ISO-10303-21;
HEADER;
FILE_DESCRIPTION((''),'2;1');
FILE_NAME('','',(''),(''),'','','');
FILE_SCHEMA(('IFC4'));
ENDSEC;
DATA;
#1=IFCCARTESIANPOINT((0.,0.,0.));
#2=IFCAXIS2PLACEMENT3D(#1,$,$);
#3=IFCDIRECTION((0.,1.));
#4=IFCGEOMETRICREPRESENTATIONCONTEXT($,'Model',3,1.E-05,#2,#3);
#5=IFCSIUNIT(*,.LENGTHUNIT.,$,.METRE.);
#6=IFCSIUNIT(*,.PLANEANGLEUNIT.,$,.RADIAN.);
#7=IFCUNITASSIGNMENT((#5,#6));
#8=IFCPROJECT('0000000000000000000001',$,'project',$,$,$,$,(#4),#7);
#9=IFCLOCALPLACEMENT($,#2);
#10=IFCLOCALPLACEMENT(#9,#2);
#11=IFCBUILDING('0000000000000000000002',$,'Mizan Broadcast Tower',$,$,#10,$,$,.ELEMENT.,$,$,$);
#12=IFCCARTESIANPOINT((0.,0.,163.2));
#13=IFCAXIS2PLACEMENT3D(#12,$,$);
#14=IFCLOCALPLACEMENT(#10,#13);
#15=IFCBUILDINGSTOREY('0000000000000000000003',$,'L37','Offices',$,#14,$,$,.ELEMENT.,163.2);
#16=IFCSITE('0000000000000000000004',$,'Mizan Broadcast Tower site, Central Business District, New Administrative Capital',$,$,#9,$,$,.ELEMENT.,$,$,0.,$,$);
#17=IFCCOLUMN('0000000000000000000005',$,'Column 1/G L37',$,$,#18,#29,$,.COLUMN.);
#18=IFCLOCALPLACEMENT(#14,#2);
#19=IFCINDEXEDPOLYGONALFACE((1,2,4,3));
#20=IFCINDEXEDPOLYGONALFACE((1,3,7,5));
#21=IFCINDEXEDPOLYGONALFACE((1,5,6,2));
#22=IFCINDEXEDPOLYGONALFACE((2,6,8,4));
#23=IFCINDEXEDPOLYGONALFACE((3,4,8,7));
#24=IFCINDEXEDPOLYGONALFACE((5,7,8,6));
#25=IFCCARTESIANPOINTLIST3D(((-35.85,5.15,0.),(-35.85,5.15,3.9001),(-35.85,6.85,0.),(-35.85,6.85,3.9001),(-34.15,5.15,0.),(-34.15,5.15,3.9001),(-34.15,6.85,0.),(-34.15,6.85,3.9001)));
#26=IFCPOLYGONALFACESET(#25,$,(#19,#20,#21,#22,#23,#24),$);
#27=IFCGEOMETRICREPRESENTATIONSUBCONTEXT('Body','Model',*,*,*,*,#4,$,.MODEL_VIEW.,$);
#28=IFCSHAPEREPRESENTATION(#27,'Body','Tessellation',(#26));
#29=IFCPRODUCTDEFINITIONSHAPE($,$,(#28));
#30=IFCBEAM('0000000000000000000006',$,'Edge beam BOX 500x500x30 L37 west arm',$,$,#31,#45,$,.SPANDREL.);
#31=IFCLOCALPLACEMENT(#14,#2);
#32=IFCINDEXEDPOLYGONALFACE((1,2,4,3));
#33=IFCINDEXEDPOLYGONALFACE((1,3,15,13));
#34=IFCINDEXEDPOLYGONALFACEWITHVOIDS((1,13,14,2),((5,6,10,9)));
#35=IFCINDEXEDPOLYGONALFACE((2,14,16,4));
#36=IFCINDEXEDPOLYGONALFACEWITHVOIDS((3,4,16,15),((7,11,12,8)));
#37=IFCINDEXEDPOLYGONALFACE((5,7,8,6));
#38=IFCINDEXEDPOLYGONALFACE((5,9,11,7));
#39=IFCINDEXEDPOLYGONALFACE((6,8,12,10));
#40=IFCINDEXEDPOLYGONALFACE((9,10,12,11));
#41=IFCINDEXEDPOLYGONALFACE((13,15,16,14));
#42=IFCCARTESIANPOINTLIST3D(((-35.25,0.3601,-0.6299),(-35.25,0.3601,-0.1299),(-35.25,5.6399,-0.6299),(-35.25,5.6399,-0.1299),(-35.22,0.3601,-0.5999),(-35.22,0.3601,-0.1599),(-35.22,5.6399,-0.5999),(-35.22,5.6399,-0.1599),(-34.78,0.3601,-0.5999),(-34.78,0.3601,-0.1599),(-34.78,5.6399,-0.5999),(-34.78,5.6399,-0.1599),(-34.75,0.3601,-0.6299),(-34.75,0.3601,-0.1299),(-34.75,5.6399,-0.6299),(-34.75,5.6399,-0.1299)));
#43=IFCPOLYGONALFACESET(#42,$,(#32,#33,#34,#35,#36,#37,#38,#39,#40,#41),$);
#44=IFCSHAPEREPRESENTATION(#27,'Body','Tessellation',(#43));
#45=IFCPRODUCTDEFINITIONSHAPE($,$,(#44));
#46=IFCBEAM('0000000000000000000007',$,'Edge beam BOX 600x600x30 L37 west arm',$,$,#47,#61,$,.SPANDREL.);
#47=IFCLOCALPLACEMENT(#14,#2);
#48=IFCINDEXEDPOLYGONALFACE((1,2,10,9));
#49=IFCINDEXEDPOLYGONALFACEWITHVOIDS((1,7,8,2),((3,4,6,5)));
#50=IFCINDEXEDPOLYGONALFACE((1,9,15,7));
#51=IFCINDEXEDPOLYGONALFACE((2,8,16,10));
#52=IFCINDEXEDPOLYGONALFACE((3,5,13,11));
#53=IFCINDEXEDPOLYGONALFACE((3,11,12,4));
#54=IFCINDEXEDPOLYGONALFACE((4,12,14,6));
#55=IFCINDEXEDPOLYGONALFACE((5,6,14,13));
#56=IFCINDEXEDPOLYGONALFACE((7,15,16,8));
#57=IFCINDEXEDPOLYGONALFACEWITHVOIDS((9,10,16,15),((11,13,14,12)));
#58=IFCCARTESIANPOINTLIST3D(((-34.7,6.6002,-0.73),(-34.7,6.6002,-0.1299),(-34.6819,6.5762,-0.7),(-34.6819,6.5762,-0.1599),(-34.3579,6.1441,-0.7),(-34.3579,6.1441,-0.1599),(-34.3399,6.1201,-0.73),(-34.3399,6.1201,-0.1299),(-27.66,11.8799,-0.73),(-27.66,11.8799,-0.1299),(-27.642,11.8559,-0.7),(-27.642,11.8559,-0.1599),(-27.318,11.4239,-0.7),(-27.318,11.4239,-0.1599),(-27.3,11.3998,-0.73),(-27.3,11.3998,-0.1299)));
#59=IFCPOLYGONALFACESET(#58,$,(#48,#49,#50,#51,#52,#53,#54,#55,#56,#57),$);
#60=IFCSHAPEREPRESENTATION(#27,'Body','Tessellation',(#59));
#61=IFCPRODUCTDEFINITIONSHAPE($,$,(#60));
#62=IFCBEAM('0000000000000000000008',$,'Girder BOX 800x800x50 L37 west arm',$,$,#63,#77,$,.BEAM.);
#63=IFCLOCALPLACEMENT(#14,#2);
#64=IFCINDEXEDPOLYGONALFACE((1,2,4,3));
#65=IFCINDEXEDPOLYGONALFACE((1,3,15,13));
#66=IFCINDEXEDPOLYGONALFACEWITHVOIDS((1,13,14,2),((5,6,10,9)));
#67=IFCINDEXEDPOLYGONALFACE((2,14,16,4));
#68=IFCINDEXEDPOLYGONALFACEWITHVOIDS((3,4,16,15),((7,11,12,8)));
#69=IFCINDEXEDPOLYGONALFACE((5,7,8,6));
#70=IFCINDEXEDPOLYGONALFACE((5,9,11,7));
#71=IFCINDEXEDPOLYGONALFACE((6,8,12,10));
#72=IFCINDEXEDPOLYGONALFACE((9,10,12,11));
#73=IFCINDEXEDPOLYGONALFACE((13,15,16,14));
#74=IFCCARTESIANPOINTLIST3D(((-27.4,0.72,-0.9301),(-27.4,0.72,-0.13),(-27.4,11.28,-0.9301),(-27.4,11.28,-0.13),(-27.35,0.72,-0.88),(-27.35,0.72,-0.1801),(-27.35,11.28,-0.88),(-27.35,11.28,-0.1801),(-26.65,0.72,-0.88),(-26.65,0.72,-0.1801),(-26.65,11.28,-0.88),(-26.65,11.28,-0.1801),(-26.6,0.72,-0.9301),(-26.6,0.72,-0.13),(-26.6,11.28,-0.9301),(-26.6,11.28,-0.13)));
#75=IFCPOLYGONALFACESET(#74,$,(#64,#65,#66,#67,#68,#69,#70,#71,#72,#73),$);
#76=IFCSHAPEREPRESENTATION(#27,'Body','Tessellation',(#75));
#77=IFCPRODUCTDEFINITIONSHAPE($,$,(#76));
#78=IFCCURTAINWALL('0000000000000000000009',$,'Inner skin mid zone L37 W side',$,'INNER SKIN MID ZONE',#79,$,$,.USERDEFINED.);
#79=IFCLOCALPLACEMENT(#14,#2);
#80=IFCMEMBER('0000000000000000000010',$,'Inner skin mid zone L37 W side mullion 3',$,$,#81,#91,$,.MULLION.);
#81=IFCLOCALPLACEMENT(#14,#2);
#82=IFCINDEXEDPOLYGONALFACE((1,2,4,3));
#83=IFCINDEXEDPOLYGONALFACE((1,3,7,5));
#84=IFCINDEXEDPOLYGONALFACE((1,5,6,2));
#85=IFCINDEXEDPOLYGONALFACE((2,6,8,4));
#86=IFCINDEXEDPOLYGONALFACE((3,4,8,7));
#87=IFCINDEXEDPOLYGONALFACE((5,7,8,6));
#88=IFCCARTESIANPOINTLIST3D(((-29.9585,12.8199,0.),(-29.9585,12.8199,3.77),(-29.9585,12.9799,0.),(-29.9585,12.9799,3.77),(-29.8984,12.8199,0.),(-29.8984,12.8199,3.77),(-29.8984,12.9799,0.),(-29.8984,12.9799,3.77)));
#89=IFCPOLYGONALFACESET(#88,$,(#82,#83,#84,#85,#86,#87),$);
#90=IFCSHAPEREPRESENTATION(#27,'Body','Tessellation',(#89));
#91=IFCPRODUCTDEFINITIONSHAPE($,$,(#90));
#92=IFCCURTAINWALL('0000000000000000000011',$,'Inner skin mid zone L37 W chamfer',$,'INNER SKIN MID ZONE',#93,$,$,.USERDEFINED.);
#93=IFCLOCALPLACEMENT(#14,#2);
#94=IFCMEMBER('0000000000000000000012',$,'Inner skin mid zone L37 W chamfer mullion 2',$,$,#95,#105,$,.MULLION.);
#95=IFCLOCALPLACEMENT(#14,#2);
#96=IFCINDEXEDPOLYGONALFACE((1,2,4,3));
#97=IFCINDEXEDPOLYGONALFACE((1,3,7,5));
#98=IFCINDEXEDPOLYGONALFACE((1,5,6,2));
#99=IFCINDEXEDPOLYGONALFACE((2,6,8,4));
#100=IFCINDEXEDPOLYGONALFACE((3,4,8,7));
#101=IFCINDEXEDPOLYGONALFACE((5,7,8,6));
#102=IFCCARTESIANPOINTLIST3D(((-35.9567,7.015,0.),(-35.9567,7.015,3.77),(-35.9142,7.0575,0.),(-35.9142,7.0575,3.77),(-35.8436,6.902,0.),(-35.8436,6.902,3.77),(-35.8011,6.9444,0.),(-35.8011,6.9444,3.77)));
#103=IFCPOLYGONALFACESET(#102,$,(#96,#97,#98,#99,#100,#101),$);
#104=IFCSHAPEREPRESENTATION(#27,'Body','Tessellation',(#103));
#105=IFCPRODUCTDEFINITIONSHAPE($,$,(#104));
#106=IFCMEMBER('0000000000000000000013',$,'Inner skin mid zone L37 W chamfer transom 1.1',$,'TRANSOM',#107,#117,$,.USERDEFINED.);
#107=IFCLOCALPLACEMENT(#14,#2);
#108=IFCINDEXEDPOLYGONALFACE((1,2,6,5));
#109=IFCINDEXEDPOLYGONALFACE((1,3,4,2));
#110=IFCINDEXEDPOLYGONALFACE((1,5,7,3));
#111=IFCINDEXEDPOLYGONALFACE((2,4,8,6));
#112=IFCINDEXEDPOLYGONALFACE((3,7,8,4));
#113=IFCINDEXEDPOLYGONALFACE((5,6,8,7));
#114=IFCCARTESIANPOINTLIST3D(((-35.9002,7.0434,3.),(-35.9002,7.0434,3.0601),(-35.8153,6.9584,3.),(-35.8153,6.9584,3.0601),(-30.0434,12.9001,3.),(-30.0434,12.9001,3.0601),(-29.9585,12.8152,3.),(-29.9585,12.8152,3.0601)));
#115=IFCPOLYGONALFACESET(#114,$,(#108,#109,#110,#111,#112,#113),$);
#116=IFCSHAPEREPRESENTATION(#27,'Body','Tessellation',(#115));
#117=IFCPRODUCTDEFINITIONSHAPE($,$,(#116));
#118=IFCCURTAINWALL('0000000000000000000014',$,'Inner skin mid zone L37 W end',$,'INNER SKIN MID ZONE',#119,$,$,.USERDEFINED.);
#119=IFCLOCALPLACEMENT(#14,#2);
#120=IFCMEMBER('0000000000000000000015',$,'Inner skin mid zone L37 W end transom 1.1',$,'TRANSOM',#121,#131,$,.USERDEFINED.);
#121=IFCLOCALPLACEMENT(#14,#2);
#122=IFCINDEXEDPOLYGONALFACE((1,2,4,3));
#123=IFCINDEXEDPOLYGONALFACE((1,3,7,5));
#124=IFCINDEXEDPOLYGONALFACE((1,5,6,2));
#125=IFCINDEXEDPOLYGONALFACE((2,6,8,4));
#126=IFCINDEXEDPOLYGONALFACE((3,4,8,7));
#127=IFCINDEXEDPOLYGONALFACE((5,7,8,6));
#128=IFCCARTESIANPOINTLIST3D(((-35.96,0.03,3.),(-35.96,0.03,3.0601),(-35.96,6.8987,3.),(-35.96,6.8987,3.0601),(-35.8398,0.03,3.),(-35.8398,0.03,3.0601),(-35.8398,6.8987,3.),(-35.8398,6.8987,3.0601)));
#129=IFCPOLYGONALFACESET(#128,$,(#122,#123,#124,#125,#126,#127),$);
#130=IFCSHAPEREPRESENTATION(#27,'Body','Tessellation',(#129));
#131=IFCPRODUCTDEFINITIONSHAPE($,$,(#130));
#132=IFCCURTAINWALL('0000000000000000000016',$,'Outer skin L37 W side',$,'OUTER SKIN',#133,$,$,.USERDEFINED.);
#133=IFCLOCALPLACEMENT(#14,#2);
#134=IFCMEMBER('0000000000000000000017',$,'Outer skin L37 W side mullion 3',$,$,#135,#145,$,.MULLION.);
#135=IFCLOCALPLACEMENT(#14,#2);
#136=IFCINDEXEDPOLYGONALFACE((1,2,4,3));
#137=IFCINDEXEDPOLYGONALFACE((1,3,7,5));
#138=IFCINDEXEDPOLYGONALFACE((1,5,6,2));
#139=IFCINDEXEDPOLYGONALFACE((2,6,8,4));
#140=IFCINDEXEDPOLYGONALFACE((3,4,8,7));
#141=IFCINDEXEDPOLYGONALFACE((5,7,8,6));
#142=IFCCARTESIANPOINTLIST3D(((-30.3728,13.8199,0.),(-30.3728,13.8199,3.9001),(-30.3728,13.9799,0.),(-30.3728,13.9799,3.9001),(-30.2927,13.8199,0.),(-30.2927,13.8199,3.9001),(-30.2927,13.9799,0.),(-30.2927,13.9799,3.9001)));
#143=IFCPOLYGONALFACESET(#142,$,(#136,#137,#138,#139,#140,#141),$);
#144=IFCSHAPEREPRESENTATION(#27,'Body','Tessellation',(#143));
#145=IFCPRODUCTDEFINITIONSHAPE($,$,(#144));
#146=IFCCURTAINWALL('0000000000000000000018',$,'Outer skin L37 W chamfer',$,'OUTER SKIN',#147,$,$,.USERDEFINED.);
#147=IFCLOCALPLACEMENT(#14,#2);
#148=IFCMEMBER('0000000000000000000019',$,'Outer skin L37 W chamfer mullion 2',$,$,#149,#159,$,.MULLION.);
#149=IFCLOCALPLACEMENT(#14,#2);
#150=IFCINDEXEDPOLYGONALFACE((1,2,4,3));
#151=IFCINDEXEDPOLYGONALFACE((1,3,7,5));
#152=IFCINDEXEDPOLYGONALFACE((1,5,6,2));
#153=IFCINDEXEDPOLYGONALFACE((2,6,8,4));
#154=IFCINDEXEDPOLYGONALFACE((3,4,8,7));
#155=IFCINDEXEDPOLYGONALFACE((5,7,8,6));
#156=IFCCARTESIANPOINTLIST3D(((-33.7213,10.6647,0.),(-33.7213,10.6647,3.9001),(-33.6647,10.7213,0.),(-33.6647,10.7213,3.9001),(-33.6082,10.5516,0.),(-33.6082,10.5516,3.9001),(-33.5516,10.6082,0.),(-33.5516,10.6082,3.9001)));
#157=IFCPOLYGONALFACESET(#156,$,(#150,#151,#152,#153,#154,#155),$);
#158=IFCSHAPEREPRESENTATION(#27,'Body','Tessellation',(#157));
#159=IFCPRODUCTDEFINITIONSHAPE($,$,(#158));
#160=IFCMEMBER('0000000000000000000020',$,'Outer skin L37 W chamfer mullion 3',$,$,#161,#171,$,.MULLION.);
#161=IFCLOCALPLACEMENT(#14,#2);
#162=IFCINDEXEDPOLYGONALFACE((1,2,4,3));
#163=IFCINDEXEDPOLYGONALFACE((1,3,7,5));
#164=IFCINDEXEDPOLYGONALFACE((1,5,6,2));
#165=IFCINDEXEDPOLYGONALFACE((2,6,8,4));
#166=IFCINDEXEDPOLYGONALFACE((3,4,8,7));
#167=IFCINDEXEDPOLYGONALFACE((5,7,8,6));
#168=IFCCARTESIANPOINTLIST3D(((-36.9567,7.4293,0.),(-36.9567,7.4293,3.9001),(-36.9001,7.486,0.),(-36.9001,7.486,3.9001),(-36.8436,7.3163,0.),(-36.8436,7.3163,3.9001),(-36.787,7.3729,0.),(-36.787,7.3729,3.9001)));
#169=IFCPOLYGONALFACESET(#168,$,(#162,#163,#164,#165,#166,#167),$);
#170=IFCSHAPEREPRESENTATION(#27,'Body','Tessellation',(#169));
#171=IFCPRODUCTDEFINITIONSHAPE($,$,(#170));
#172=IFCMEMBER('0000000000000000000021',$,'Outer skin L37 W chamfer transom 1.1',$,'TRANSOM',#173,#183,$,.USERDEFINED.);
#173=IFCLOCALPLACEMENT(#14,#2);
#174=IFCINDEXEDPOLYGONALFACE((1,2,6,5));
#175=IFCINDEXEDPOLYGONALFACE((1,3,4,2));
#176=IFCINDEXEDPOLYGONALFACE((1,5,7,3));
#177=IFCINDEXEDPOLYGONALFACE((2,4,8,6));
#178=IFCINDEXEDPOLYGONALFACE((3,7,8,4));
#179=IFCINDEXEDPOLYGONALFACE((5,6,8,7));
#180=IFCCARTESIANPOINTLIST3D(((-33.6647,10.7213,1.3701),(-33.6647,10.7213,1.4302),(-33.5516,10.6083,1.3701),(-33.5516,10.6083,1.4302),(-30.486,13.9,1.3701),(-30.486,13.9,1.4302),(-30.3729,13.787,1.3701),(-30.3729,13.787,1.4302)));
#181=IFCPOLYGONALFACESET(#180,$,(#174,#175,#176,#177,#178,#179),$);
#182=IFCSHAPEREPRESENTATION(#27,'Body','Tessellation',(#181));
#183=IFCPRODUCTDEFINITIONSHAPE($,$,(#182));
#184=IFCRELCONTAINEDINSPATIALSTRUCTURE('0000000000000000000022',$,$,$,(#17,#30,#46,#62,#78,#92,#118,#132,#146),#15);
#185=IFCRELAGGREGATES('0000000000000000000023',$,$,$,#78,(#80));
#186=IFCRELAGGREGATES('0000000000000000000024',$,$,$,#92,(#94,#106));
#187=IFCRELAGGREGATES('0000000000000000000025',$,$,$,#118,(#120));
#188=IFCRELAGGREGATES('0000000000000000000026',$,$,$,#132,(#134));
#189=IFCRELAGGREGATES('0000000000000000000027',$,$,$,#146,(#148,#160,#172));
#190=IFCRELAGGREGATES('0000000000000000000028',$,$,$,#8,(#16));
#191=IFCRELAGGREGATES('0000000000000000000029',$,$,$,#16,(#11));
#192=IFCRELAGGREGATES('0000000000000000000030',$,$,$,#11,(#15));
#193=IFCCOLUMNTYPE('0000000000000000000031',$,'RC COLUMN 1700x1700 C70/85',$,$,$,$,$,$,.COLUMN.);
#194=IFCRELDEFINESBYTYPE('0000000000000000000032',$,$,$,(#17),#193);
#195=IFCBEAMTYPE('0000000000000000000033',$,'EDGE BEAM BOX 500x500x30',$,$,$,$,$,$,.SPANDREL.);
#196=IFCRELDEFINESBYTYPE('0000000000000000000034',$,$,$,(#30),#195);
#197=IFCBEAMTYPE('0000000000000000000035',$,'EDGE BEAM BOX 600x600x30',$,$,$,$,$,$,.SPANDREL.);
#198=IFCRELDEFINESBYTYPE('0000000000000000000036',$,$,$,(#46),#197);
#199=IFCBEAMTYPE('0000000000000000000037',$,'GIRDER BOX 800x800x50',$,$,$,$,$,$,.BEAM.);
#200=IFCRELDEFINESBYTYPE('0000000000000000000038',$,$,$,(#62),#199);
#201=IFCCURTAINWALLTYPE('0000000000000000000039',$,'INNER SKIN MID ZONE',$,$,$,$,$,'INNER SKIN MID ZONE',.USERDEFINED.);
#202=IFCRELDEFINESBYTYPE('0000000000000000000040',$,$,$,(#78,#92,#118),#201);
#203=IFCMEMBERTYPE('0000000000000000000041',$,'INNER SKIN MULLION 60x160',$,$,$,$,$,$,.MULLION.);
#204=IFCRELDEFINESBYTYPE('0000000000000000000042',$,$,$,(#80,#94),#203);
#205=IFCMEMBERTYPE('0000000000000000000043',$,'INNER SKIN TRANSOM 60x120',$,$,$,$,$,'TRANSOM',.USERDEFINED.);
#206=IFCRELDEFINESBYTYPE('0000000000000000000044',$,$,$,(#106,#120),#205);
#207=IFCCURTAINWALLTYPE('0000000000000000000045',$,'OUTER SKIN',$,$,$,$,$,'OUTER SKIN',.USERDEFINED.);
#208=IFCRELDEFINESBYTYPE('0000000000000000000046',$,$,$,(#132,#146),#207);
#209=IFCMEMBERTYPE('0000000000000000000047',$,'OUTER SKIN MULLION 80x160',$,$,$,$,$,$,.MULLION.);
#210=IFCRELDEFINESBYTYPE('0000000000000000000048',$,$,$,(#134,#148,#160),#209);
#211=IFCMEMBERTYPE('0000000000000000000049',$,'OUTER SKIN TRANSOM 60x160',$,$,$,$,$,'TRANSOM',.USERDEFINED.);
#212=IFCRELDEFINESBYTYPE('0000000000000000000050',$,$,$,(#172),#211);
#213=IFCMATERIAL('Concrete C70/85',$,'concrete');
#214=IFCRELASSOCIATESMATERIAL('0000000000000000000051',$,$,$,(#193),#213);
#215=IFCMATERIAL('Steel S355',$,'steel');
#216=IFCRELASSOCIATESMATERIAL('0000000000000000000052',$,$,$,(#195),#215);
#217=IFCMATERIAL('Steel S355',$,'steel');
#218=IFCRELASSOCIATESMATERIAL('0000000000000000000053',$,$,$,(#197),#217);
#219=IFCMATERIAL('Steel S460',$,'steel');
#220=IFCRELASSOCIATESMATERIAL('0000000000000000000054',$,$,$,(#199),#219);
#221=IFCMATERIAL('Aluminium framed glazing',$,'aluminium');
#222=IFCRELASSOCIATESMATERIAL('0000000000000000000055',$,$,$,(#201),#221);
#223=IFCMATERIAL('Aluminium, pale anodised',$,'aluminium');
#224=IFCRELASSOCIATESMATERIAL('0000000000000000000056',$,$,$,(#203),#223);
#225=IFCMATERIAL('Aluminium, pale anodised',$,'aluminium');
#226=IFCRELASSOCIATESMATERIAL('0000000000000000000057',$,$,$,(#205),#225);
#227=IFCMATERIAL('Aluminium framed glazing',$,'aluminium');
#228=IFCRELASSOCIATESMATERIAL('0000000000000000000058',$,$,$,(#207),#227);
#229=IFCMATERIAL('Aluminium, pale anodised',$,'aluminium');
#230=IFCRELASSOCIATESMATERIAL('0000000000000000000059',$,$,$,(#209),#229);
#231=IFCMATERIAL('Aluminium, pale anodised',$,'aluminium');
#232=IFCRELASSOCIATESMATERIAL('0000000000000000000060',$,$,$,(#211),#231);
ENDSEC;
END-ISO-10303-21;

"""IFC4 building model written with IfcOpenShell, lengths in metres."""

from ifc_helpers import new_model, si_unit, direction, frame, origin, origin_2d, place, context, subcontext, project, spatial, rectangle, hollow_rectangle, extrude, material, material_profile, profile_set, type_object, element, aggregate, save


model = new_model("IFC4")

# Units and contexts
model_context = context("Model", 3, precision=1e-05, world=origin(), true_north=direction((0.0, 1.0)))
body_context = subcontext(model_context, "Body", "Model", "MODEL_VIEW")
ifc_project = project(units=[si_unit("LENGTHUNIT", "METRE"), si_unit("PLANEANGLEUNIT", "RADIAN")], contexts=[model_context])

# Site, building, storey
site_placement = place(None, origin())
site = spatial("IfcSite", under=ifc_project, at=site_placement, Name="Mizan Broadcast Tower site, Central Business District, New Administrative Capital", CompositionType="ELEMENT", RefElevation=0.0)
building_placement = place(site_placement, origin())
building = spatial("IfcBuilding", under=site, at=building_placement, Name="Mizan Broadcast Tower", CompositionType="ELEMENT")
storey_placement = place(building_placement, frame((0.0, 0.0, 163.2)))
storey = spatial("IfcBuildingStorey", under=building, at=storey_placement, Name="L37", Description="Offices", CompositionType="ELEMENT", Elevation=163.2)

# Column
ifc_material_1 = material(Name="Concrete C70/85", Category="concrete")
ifc_material_profile_1 = material_profile(ifc_material_1, rectangle(XDim=1.7, YDim=1.7, at=origin_2d()), Name="RC 1700x1700")
ifc_profile_set_1 = profile_set([ifc_material_profile_1], Name="Concrete C70/85")
column_type = type_object("IfcColumnType", Name="RC COLUMN 1700x1700 C70/85", PredefinedType="COLUMN", material=ifc_profile_set_1)
column_placement = place(storey_placement, frame((-35.0, 6.0, 0.0), z_axis=(0.0, 0.0, 1.0), x_axis=(1.0, 0.0, 0.0)))
element("IfcColumn", 1, at=column_placement, inside=storey, type_object=column_type, Name="Column 1/G L37", PredefinedType="COLUMN", context=body_context, shape_type="SweptSolid", body=[
    extrude(rectangle(XDim=1.7, YDim=1.7, at=origin_2d()), origin(), (0.0, 0.0, 1.0), 3.9001),
])

# Beams
ifc_material_2 = material(Name="Steel S355", Category="steel")
ifc_material_profile_2 = material_profile(ifc_material_2, hollow_rectangle(XDim=0.5, YDim=0.5, WallThickness=0.03, at=origin_2d()), Name="BOX 500x500x30")
ifc_profile_set_2 = profile_set([ifc_material_profile_2], Name="Steel S355")
beam_type_1 = type_object("IfcBeamType", Name="EDGE BEAM BOX 500x500x30", PredefinedType="SPANDREL", material=ifc_profile_set_2)
beam_1_placement = place(storey_placement, frame((-35.0, 5.6399, -0.3799), z_axis=(0.0, -1.0, 0.0), x_axis=(1.0, 0.0, 0.0)))
element("IfcBeam", 2, at=beam_1_placement, inside=storey, type_object=beam_type_1, Name="Edge beam BOX 500x500x30 L37 west arm", PredefinedType="SPANDREL", context=body_context, shape_type="SweptSolid", body=[
    extrude(hollow_rectangle(XDim=0.5, YDim=0.5, WallThickness=0.03, at=origin_2d()), origin(), (0.0, 0.0, 1.0), 5.2798),
])
ifc_material_3 = material(Name="Steel S355", Category="steel")
ifc_material_profile_3 = material_profile(ifc_material_3, hollow_rectangle(XDim=0.6001, YDim=0.6001, WallThickness=0.03, at=origin_2d()), Name="BOX 600x600x30")
ifc_profile_set_3 = profile_set([ifc_material_profile_3], Name="Steel S355")
beam_type_2 = type_object("IfcBeamType", Name="EDGE BEAM BOX 600x600x30", PredefinedType="SPANDREL", material=ifc_profile_set_3)
beam_2_placement = place(storey_placement, frame((-27.48, 11.6399, -0.4299), z_axis=(-0.800013, -0.599982, 0.0), x_axis=(0.599982, -0.800013, 0.0)))
element("IfcBeam", 3, at=beam_2_placement, inside=storey, type_object=beam_type_2, Name="Edge beam BOX 600x600x30 L37 west arm", PredefinedType="SPANDREL", context=body_context, shape_type="SweptSolid", body=[
    extrude(hollow_rectangle(XDim=0.6001, YDim=0.6001, WallThickness=0.03, at=origin_2d()), origin(), (0.0, 0.0, 1.0), 8.7998),
])
ifc_material_4 = material(Name="Steel S460", Category="steel")
ifc_material_profile_4 = material_profile(ifc_material_4, hollow_rectangle(XDim=0.8, YDim=0.8, WallThickness=0.05, at=origin_2d()), Name="BOX 800x800x50")
ifc_profile_set_4 = profile_set([ifc_material_profile_4], Name="Steel S460")
beam_type_3 = type_object("IfcBeamType", Name="GIRDER BOX 800x800x50", PredefinedType="BEAM", material=ifc_profile_set_4)
beam_3_placement = place(storey_placement, frame((-27.0, 11.28, -0.53), z_axis=(0.0, -1.0, 0.0), x_axis=(1.0, 0.0, 0.0)))
element("IfcBeam", 4, at=beam_3_placement, inside=storey, type_object=beam_type_3, Name="Girder BOX 800x800x50 L37 west arm", PredefinedType="BEAM", context=body_context, shape_type="SweptSolid", body=[
    extrude(hollow_rectangle(XDim=0.8, YDim=0.8, WallThickness=0.05, at=origin_2d()), origin(), (0.0, 0.0, 1.0), 10.5601),
])

# Curtain wall, member
ifc_material_5 = material(Name="Aluminium framed glazing", Category="aluminium")
curtain_wall_type_1 = type_object("IfcCurtainWallType", Name="INNER SKIN MID ZONE", ElementType="INNER SKIN MID ZONE", PredefinedType="USERDEFINED", material=ifc_material_5)
curtain_wall_1_placement = place(storey_placement, origin())
curtain_wall_1 = element("IfcCurtainWall", 5, at=curtain_wall_1_placement, inside=storey, type_object=curtain_wall_type_1, Name="Inner skin mid zone L37 W side", ObjectType="INNER SKIN MID ZONE", PredefinedType="USERDEFINED")
ifc_material_6 = material(Name="Aluminium, pale anodised", Category="aluminium")
ifc_material_profile_5 = material_profile(ifc_material_6, rectangle(XDim=0.1599, YDim=0.0601, at=origin_2d()), Name="MULLION 160x60")
ifc_profile_set_5 = profile_set([ifc_material_profile_5], Name="Aluminium, pale anodised")
member_type_1 = type_object("IfcMemberType", Name="INNER SKIN MULLION 60x160", PredefinedType="MULLION", material=ifc_profile_set_5)
member_1_placement = place(storey_placement, frame((-29.9285, 12.8999, 0.0), z_axis=(0.0, 0.0, 1.0), x_axis=(0.0, -1.0, 0.0)))
member_1 = element("IfcMember", 6, at=member_1_placement, type_object=member_type_1, Name="Inner skin mid zone L37 W side mullion 3", PredefinedType="MULLION", context=body_context, shape_type="SweptSolid", body=[
    extrude(rectangle(XDim=0.1599, YDim=0.0601, at=origin_2d()), origin(), (0.0, 0.0, 1.0), 3.77),
])

# Curtain wall, members
curtain_wall_2_placement = place(storey_placement, origin())
curtain_wall_2 = element("IfcCurtainWall", 7, at=curtain_wall_2_placement, inside=storey, type_object=curtain_wall_type_1, Name="Inner skin mid zone L37 W chamfer", ObjectType="INNER SKIN MID ZONE", PredefinedType="USERDEFINED")
member_2_placement = place(storey_placement, frame((-35.8789, 6.9797, 0.0), z_axis=(0.0, 0.0, 1.0), x_axis=(0.707107, -0.707107, 0.0)))
member_2 = element("IfcMember", 8, at=member_2_placement, type_object=member_type_1, Name="Inner skin mid zone L37 W chamfer mullion 2", PredefinedType="MULLION", context=body_context, shape_type="SweptSolid", body=[
    extrude(rectangle(XDim=0.1599, YDim=0.0601, at=origin_2d()), origin(), (0.0, 0.0, 1.0), 3.77),
])
ifc_material_7 = material(Name="Aluminium, pale anodised", Category="aluminium")
ifc_material_profile_6 = material_profile(ifc_material_7, rectangle(XDim=0.1201, YDim=0.0601, at=origin_2d()), Name="TRANSOM 120x60")
ifc_profile_set_6 = profile_set([ifc_material_profile_6], Name="Aluminium, pale anodised")
member_type_2 = type_object("IfcMemberType", Name="INNER SKIN TRANSOM 60x120", ElementType="TRANSOM", PredefinedType="USERDEFINED", material=ifc_profile_set_6)
member_3_placement = place(storey_placement, frame((-30.001, 12.8577, 3.03), z_axis=(-0.707107, -0.707107, 0.0), x_axis=(0.707107, -0.707107, 0.0)))
member_3 = element("IfcMember", 9, at=member_3_placement, type_object=member_type_2, Name="Inner skin mid zone L37 W chamfer transom 1.1", ObjectType="TRANSOM", PredefinedType="USERDEFINED", context=body_context, shape_type="SweptSolid", body=[
    extrude(rectangle(XDim=0.1201, YDim=0.0601, at=origin_2d()), origin(), (0.0, 0.0, 1.0), 8.2827),
])

# Curtain walls, members
curtain_wall_3_placement = place(storey_placement, origin())
curtain_wall_3 = element("IfcCurtainWall", 10, at=curtain_wall_3_placement, inside=storey, type_object=curtain_wall_type_1, Name="Inner skin mid zone L37 W end", ObjectType="INNER SKIN MID ZONE", PredefinedType="USERDEFINED")
member_4_placement = place(storey_placement, frame((-35.8999, 6.8987, 3.03), z_axis=(0.0, -1.0, 0.0), x_axis=(1.0, 0.0, 0.0)))
member_4 = element("IfcMember", 11, at=member_4_placement, type_object=member_type_2, Name="Inner skin mid zone L37 W end transom 1.1", ObjectType="TRANSOM", PredefinedType="USERDEFINED", context=body_context, shape_type="SweptSolid", body=[
    extrude(rectangle(XDim=0.1201, YDim=0.0601, at=origin_2d()), origin(), (0.0, 0.0, 1.0), 6.8687),
])
ifc_material_8 = material(Name="Aluminium framed glazing", Category="aluminium")
curtain_wall_type_2 = type_object("IfcCurtainWallType", Name="OUTER SKIN", ElementType="OUTER SKIN", PredefinedType="USERDEFINED", material=ifc_material_8)
curtain_wall_4_placement = place(storey_placement, origin())
curtain_wall_4 = element("IfcCurtainWall", 12, at=curtain_wall_4_placement, inside=storey, type_object=curtain_wall_type_2, Name="Outer skin L37 W side", ObjectType="OUTER SKIN", PredefinedType="USERDEFINED")
ifc_material_9 = material(Name="Aluminium, pale anodised", Category="aluminium")
ifc_material_profile_7 = material_profile(ifc_material_9, rectangle(XDim=0.1599, YDim=0.0801, at=origin_2d()), Name="MULLION 160x80")
ifc_profile_set_7 = profile_set([ifc_material_profile_7], Name="Aluminium, pale anodised")
member_type_3 = type_object("IfcMemberType", Name="OUTER SKIN MULLION 80x160", PredefinedType="MULLION", material=ifc_profile_set_7)
member_5_placement = place(storey_placement, frame((-30.3328, 13.8999, 0.0), z_axis=(0.0, 0.0, 1.0), x_axis=(0.0, -1.0, 0.0)))
member_5 = element("IfcMember", 13, at=member_5_placement, type_object=member_type_3, Name="Outer skin L37 W side mullion 3", PredefinedType="MULLION", context=body_context, shape_type="SweptSolid", body=[
    extrude(rectangle(XDim=0.1599, YDim=0.0801, at=origin_2d()), origin(), (0.0, 0.0, 1.0), 3.9001),
])

# Curtain wall, members
curtain_wall_5_placement = place(storey_placement, origin())
curtain_wall_5 = element("IfcCurtainWall", 14, at=curtain_wall_5_placement, inside=storey, type_object=curtain_wall_type_2, Name="Outer skin L37 W chamfer", ObjectType="OUTER SKIN", PredefinedType="USERDEFINED")
member_6_placement = place(storey_placement, frame((-33.6365, 10.6365, 0.0), z_axis=(0.0, 0.0, 1.0), x_axis=(0.707107, -0.707107, 0.0)))
member_6 = element("IfcMember", 15, at=member_6_placement, type_object=member_type_3, Name="Outer skin L37 W chamfer mullion 2", PredefinedType="MULLION", context=body_context, shape_type="SweptSolid", body=[
    extrude(rectangle(XDim=0.1599, YDim=0.0801, at=origin_2d()), origin(), (0.0, 0.0, 1.0), 3.9001),
])
member_7_placement = place(storey_placement, frame((-36.8718, 7.4011, 0.0), z_axis=(0.0, 0.0, 1.0), x_axis=(0.707107, -0.707107, 0.0)))
member_7 = element("IfcMember", 16, at=member_7_placement, type_object=member_type_3, Name="Outer skin L37 W chamfer mullion 3", PredefinedType="MULLION", context=body_context, shape_type="SweptSolid", body=[
    extrude(rectangle(XDim=0.1599, YDim=0.0801, at=origin_2d()), origin(), (0.0, 0.0, 1.0), 3.9001),
])
ifc_material_10 = material(Name="Aluminium, pale anodised", Category="aluminium")
ifc_material_profile_8 = material_profile(ifc_material_10, rectangle(XDim=0.1599, YDim=0.0601, at=origin_2d()), Name="TRANSOM 160x60")
ifc_profile_set_8 = profile_set([ifc_material_profile_8], Name="Aluminium, pale anodised")
member_type_4 = type_object("IfcMemberType", Name="OUTER SKIN TRANSOM 60x160", ElementType="TRANSOM", PredefinedType="USERDEFINED", material=ifc_profile_set_8)
member_8_placement = place(storey_placement, frame((-30.4294, 13.8435, 1.4001), z_axis=(-0.707107, -0.707107, 0.0), x_axis=(0.707107, -0.707107, 0.0)))
member_8 = element("IfcMember", 17, at=member_8_placement, type_object=member_type_4, Name="Outer skin L37 W chamfer transom 1.1", ObjectType="TRANSOM", PredefinedType="USERDEFINED", context=body_context, shape_type="SweptSolid", body=[
    extrude(rectangle(XDim=0.1599, YDim=0.0601, at=origin_2d()), origin(), (0.0, 0.0, 1.0), 4.4954),
])

aggregate(curtain_wall_1, [member_1])
aggregate(curtain_wall_2, [member_2, member_3])
aggregate(curtain_wall_3, [member_4])
aggregate(curtain_wall_4, [member_5])
aggregate(curtain_wall_5, [member_6, member_7, member_8])

save(model, "model.ifc")
